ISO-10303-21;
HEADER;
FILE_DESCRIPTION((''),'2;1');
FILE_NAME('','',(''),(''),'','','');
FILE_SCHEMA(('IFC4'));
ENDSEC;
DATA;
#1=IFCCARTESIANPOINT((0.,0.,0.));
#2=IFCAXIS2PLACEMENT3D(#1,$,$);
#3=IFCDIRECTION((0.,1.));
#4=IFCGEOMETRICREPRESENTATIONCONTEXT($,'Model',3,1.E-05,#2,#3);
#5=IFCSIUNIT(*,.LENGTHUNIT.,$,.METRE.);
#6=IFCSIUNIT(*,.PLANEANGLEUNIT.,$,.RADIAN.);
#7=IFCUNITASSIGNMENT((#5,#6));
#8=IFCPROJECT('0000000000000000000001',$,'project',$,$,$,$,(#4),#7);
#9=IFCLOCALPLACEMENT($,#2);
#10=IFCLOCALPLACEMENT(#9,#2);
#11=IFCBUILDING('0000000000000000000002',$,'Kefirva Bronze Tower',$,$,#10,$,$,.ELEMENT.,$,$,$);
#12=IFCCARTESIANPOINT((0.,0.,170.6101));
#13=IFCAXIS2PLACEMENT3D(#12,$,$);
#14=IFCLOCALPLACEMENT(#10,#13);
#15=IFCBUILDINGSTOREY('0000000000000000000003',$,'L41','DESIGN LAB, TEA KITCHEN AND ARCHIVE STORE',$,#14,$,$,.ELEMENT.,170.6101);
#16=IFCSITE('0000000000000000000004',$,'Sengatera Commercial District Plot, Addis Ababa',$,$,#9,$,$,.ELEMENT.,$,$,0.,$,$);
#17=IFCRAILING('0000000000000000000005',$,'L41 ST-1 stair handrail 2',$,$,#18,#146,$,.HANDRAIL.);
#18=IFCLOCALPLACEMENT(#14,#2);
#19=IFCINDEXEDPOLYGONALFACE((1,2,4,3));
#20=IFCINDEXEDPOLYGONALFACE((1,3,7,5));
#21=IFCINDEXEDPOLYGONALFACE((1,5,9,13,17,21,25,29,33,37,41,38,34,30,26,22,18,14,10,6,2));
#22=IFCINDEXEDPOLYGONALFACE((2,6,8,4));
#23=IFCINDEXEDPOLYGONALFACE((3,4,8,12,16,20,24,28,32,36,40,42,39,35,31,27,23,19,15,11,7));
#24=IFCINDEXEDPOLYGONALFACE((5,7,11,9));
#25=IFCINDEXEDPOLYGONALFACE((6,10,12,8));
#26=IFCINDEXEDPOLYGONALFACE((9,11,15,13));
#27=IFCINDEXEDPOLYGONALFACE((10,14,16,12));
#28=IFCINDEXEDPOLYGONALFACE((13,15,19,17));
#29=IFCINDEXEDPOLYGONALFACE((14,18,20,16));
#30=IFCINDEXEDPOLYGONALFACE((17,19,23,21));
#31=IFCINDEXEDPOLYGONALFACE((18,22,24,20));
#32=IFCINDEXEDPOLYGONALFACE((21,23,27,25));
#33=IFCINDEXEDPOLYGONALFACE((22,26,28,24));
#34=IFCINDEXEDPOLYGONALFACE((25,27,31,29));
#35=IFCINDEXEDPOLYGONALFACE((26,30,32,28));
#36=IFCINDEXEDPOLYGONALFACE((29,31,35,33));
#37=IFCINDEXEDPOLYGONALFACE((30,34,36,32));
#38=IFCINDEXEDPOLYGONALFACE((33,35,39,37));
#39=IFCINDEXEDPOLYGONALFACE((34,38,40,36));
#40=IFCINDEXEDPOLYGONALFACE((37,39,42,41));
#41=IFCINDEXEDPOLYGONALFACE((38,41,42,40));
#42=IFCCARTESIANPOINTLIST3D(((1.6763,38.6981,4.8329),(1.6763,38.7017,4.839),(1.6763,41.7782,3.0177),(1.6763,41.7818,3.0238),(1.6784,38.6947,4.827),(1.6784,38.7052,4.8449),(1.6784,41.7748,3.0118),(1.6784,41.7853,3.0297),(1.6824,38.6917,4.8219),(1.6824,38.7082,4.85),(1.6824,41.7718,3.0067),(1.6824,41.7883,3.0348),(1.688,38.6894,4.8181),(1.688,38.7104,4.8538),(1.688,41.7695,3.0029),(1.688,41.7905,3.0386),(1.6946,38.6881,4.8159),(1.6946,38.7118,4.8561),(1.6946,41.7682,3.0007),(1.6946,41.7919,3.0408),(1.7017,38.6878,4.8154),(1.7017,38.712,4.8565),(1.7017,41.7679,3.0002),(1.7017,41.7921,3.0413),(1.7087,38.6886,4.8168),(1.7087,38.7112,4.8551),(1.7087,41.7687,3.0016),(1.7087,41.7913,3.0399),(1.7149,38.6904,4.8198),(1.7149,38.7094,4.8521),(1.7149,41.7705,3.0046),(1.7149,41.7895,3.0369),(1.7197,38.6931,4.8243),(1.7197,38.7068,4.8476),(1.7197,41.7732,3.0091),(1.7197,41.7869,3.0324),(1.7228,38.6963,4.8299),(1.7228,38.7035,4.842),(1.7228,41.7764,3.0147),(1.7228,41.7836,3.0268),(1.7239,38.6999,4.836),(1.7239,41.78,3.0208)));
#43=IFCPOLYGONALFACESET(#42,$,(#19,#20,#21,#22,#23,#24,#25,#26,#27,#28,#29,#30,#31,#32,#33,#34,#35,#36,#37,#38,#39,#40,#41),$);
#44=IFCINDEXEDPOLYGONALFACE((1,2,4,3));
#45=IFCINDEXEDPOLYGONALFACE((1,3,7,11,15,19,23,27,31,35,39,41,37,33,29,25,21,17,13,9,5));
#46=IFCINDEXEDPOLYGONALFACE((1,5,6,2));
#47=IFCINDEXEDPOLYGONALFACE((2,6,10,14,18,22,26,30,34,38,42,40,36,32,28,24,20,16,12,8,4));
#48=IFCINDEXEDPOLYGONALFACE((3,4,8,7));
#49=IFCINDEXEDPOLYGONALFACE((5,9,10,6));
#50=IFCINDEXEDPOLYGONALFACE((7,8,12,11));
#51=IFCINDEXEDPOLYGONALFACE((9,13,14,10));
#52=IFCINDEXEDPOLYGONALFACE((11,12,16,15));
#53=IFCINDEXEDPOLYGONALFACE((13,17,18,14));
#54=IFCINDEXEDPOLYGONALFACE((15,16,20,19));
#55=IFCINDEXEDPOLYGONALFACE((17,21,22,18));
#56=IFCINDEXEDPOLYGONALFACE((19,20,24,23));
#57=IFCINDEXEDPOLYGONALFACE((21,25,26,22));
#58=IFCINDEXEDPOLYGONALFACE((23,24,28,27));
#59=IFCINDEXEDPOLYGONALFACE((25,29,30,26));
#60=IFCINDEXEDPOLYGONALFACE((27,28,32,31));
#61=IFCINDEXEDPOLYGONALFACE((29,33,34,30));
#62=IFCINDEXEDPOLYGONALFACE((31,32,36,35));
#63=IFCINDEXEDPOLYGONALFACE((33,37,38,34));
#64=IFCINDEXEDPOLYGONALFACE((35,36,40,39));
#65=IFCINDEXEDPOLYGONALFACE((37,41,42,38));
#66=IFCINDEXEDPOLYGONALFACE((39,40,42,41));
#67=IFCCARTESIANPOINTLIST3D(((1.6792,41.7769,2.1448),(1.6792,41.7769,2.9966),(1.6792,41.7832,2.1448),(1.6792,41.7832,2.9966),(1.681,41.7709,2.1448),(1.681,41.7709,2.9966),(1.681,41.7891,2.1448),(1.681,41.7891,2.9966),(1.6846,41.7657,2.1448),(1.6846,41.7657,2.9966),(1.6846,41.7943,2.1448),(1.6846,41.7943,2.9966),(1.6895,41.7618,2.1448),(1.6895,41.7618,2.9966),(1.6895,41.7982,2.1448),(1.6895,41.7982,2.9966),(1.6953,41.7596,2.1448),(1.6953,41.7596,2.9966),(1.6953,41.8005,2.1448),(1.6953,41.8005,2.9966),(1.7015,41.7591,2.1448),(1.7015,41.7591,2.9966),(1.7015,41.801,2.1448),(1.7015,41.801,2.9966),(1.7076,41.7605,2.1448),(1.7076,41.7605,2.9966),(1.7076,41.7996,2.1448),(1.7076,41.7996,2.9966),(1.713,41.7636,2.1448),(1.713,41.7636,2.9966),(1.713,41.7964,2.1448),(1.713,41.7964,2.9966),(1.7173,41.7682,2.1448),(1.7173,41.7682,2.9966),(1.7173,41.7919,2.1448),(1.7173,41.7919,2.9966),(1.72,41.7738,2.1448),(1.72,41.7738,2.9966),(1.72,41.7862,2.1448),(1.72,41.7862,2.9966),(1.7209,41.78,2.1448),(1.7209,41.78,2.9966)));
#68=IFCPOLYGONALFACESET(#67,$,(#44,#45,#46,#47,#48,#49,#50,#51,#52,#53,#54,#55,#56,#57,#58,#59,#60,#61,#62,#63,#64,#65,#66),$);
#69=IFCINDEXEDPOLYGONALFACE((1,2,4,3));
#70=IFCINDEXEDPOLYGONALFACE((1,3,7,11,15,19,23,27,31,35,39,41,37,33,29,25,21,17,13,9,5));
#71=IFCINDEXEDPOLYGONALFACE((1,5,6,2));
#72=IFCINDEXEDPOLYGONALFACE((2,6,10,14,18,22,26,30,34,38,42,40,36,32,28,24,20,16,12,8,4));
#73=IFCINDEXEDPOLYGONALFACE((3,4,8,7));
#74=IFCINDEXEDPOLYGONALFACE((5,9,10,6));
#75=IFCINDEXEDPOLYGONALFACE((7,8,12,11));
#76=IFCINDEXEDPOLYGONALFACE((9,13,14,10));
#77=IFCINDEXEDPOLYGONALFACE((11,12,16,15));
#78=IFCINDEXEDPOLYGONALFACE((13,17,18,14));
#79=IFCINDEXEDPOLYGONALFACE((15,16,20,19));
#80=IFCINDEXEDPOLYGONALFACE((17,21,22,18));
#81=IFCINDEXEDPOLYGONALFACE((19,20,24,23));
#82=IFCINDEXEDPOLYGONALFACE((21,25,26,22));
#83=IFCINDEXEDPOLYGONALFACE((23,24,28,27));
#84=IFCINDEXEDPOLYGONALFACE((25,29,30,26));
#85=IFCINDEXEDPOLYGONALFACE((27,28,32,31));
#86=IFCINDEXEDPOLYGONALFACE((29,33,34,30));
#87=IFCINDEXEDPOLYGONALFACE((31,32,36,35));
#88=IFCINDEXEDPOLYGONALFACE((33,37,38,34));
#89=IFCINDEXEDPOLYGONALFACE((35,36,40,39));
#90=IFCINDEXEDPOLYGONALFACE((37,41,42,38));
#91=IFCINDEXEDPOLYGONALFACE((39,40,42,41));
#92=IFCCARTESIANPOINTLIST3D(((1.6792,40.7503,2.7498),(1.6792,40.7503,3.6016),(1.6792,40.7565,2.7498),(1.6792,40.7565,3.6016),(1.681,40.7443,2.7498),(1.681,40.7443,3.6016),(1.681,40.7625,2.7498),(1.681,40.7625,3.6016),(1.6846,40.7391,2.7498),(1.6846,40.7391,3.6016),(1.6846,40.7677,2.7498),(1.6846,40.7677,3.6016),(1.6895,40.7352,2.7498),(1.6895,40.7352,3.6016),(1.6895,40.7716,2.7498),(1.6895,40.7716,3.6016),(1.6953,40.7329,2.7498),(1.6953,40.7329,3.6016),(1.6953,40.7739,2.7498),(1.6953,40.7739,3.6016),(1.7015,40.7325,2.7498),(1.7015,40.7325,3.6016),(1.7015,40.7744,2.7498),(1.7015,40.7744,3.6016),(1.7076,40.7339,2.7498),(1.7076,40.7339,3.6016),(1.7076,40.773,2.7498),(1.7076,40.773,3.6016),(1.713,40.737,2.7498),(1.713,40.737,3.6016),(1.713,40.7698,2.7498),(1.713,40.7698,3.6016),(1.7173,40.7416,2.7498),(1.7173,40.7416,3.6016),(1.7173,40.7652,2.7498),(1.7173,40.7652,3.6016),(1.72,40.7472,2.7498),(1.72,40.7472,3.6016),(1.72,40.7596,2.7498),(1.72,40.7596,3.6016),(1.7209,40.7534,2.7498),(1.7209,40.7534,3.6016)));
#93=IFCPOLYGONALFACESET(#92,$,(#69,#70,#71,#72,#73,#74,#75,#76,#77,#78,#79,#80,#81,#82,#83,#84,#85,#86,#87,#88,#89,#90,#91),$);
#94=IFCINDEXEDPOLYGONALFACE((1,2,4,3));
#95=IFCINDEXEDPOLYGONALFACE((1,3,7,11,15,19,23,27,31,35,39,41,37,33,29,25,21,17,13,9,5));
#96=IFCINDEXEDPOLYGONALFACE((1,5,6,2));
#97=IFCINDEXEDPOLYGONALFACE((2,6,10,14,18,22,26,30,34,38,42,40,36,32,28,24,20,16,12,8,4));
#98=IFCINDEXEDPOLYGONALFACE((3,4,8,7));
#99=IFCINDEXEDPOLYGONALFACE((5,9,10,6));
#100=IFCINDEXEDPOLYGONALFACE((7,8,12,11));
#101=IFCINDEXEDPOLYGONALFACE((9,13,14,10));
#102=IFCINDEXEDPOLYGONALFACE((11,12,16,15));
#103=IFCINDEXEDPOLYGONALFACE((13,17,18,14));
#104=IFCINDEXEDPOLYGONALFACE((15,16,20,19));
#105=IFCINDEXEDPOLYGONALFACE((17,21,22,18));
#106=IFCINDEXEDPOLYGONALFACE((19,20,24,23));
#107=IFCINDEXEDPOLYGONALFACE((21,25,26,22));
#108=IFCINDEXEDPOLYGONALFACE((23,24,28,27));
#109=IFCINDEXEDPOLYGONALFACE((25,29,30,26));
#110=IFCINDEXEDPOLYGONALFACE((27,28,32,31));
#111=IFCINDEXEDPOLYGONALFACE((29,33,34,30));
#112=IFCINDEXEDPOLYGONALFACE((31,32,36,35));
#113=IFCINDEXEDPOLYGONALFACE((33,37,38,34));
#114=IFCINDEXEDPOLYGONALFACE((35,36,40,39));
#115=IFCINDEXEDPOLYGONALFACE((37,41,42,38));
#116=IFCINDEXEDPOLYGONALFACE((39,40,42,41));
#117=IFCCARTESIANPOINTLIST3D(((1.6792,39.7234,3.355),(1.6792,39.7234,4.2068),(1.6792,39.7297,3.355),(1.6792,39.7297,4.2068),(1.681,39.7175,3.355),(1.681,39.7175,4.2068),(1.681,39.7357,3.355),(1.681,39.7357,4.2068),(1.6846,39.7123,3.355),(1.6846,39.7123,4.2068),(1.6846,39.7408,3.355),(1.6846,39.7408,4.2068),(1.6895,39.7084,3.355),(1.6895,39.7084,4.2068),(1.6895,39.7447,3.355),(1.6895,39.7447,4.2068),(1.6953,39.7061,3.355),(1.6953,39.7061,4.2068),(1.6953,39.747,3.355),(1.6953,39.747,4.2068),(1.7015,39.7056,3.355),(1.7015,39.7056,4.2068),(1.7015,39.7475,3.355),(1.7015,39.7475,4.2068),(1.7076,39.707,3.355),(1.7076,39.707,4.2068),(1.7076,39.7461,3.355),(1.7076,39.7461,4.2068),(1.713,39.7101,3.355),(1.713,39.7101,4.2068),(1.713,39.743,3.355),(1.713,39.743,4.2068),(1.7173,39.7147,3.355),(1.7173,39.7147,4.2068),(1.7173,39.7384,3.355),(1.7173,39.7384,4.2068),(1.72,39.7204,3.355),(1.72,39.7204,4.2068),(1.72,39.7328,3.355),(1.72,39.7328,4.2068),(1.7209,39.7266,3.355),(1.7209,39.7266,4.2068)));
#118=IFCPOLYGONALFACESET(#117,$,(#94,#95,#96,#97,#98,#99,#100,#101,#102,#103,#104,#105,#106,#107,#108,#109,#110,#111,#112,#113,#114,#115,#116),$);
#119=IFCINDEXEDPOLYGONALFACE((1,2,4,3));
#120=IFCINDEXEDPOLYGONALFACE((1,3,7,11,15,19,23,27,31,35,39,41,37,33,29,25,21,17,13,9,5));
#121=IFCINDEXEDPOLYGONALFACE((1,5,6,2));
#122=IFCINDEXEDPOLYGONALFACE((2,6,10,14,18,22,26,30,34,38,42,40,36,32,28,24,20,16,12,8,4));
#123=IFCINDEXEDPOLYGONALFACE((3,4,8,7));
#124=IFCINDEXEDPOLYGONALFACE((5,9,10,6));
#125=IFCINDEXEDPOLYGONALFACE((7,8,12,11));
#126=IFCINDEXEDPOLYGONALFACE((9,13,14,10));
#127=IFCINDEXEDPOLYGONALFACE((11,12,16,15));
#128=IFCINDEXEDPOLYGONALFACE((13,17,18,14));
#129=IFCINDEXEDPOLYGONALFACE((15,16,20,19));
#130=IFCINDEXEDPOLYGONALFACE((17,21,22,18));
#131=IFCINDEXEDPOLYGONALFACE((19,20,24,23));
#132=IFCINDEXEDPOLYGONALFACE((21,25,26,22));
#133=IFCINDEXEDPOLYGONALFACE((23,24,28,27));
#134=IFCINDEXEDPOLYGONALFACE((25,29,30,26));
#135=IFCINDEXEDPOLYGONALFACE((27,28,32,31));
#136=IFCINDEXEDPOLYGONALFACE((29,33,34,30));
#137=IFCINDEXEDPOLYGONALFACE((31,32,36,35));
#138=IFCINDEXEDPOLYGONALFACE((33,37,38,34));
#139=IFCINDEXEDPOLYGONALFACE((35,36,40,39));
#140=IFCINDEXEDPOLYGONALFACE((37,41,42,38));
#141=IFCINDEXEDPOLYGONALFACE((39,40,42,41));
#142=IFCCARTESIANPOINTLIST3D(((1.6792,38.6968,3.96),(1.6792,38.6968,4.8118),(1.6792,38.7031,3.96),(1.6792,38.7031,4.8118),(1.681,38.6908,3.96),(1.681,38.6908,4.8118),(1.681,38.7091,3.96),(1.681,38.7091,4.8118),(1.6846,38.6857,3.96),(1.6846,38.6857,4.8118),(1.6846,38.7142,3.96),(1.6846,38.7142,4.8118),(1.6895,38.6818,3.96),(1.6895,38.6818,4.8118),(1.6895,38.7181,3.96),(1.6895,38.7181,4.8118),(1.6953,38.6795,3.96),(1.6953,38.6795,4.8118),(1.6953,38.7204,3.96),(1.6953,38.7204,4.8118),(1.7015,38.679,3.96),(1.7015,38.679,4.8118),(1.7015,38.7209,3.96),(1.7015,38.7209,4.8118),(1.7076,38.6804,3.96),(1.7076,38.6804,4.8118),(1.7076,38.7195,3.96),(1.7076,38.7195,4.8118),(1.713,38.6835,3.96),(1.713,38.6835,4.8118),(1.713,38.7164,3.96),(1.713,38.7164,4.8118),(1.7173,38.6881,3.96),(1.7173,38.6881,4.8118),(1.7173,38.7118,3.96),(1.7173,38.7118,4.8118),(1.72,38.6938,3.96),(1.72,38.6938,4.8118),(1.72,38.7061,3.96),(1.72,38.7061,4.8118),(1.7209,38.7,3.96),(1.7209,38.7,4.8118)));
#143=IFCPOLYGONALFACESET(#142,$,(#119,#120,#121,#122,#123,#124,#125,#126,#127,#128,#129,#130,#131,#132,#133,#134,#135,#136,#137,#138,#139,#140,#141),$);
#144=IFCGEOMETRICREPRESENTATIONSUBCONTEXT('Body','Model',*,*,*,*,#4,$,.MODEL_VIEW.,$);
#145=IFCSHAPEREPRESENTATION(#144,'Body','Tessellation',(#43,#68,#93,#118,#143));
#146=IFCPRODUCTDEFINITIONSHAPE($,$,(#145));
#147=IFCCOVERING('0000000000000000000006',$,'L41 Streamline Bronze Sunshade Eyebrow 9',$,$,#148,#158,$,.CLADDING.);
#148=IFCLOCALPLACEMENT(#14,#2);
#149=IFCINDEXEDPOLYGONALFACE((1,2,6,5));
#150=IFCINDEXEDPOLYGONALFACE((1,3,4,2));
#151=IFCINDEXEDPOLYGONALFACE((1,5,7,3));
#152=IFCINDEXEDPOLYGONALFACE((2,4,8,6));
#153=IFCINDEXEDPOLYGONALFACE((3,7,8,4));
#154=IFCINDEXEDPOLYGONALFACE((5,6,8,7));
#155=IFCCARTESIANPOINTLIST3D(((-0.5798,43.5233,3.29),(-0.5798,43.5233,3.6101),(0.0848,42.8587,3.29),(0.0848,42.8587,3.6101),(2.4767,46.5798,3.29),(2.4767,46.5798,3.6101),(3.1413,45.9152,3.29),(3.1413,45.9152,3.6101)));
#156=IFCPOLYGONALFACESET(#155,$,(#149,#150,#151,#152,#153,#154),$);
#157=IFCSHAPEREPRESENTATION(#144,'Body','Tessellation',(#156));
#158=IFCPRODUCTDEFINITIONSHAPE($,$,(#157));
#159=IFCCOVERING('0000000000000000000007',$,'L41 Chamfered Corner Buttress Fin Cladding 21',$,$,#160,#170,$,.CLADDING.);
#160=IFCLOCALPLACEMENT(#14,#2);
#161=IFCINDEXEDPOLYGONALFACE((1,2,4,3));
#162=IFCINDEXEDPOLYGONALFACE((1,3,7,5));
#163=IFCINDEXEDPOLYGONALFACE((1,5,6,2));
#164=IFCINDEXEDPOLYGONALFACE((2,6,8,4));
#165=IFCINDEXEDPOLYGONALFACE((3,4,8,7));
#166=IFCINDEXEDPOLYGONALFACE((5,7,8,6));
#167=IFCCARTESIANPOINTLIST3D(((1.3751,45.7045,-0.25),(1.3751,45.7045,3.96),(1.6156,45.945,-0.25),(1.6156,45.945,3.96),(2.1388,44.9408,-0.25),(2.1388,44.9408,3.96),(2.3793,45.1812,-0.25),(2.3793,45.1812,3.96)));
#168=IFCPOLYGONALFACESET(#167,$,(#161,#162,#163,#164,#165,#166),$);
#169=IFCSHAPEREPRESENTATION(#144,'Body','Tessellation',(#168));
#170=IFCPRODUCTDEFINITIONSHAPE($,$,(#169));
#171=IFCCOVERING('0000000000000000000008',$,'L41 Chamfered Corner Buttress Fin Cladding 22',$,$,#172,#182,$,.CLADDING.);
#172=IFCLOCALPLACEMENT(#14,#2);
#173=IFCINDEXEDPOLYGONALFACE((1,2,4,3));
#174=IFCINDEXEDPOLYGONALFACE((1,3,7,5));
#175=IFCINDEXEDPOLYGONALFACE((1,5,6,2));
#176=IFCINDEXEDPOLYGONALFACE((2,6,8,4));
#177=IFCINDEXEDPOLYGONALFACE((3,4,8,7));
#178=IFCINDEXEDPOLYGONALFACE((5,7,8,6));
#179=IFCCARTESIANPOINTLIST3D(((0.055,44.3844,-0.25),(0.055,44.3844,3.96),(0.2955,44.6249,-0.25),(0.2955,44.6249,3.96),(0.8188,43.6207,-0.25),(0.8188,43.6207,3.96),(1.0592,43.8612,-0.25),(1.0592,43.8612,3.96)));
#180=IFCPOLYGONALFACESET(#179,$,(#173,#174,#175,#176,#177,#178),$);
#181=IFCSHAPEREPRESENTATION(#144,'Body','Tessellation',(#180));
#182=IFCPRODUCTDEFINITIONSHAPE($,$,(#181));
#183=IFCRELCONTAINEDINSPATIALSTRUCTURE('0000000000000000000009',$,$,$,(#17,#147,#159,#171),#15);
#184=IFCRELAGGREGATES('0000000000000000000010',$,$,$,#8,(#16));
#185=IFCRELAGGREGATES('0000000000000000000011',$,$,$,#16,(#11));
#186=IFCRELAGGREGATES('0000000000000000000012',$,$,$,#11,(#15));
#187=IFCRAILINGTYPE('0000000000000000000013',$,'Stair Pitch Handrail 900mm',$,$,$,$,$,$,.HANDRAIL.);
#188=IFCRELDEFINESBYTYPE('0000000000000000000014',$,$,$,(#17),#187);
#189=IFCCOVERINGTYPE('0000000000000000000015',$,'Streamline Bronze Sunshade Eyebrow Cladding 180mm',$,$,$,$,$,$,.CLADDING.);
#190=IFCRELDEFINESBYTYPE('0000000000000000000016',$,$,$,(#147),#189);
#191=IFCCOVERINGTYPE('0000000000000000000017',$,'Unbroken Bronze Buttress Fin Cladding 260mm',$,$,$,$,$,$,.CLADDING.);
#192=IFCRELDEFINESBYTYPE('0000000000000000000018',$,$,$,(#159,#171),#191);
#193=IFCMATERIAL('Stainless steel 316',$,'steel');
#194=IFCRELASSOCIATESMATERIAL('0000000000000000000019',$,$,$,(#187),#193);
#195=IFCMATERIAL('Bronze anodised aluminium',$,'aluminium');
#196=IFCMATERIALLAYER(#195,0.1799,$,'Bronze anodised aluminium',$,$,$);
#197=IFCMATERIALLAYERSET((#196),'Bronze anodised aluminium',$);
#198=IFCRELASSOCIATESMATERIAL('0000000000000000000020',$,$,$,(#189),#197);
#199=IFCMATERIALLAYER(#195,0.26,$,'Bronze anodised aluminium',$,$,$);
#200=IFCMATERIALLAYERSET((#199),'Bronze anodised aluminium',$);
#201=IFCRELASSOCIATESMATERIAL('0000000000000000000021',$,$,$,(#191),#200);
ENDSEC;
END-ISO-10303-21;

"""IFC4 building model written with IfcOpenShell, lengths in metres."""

from ifc_helpers import new_model, si_unit, direction, frame, origin, origin_2d, place, context, subcontext, project, spatial, rectangle, circle, extrude, material, layer, layer_set, type_object, element, save


model = new_model("IFC4")

# Units and contexts
model_context = context("Model", 3, precision=1e-05, world=origin(), true_north=direction((0.0, 1.0)))
body_context = subcontext(model_context, "Body", "Model", "MODEL_VIEW")
ifc_project = project(units=[si_unit("LENGTHUNIT", "METRE"), si_unit("PLANEANGLEUNIT", "RADIAN")], contexts=[model_context])

# Site, building, storey
site_placement = place(None, origin())
site = spatial("IfcSite", under=ifc_project, at=site_placement, Name="Sengatera Commercial District Plot, Addis Ababa", CompositionType="ELEMENT", RefElevation=0.0)
building_placement = place(site_placement, origin())
building = spatial("IfcBuilding", under=site, at=building_placement, Name="Kefirva Bronze Tower", CompositionType="ELEMENT")
storey_placement = place(building_placement, frame((0.0, 0.0, 170.6101)))
storey = spatial("IfcBuildingStorey", under=building, at=storey_placement, Name="L41", Description="DESIGN LAB, TEA KITCHEN AND ARCHIVE STORE", CompositionType="ELEMENT", Elevation=170.6101)

# Shared definitions
ifc_material_1 = material(Name="Bronze anodised aluminium", Category="aluminium")

# Railing
ifc_material_2 = material(Name="Stainless steel 316", Category="steel")
railing_type_1 = type_object("IfcRailingType", Name="Stair Pitch Handrail 900mm", PredefinedType="HANDRAIL", material=ifc_material_2)
railing_1_placement = place(storey_placement, frame((1.7, 41.78, 2.1448)))
element("IfcRailing", 1, at=railing_1_placement, inside=storey, type_object=railing_type_1, Name="L41 ST-1 stair handrail 2", PredefinedType="HANDRAIL", context=body_context, shape_type="SweptSolid", body=[
    extrude(circle(Radius=0.0239, at=origin_2d()), frame((0.0, 0.0, 0.876), z_axis=(0.0, -0.861521, 0.507721), x_axis=(1.0, 0.0, 0.0)), (0.0, 0.0, 1.0), 3.5752),
    extrude(circle(Radius=0.021, at=origin_2d()), origin(), (0.0, 0.0, 1.0), 0.8518),
    extrude(circle(Radius=0.021, at=origin_2d()), frame((0.0, -1.0266, 0.605)), (0.0, 0.0, 1.0), 0.8518),
    extrude(circle(Radius=0.021, at=origin_2d()), frame((0.0, -2.0535, 1.2102)), (0.0, 0.0, 1.0), 0.8518),
    extrude(circle(Radius=0.021, at=origin_2d()), frame((0.0, -3.0801, 1.8152)), (0.0, 0.0, 1.0), 0.8518),
])

# Coverings
ifc_layer_1 = layer(ifc_material_1, 0.1799, Name="Bronze anodised aluminium")
ifc_layer_set_1 = layer_set([ifc_layer_1], Name="Bronze anodised aluminium")
covering_type_1 = type_object("IfcCoveringType", Name="Streamline Bronze Sunshade Eyebrow Cladding 180mm", PredefinedType="CLADDING", material=ifc_layer_set_1)
covering_1_placement = place(storey_placement, frame((1.2808, 44.7192, 3.29), z_axis=(0.0, 0.0, 1.0), x_axis=(-0.707107, -0.707107, 0.0)))
element("IfcCovering", 2, at=covering_1_placement, inside=storey, type_object=covering_type_1, Name="L41 Streamline Bronze Sunshade Eyebrow 9", PredefinedType="CLADDING", context=body_context, shape_type="SweptSolid", body=[
    extrude(rectangle(XDim=4.3225, YDim=0.9399, at=origin_2d()), origin(), (0.0, 0.0, 1.0), 0.3201),
])
ifc_layer_2 = layer(ifc_material_1, 0.26, Name="Bronze anodised aluminium")
ifc_layer_set_2 = layer_set([ifc_layer_2], Name="Bronze anodised aluminium")
covering_type_2 = type_object("IfcCoveringType", Name="Unbroken Bronze Buttress Fin Cladding 260mm", PredefinedType="CLADDING", material=ifc_layer_set_2)
for number, where, z_axis, x_axis, name in (
    (3, (1.8772, 45.4429, -0.25), (0.0, 0.0, 1.0), (-0.707107, -0.707107, 0.0), "L41 Chamfered Corner Buttress Fin Cladding 21"),
    (4, (0.5571, 44.1228, -0.25), (0.0, 0.0, 1.0), (-0.707107, -0.707107, 0.0), "L41 Chamfered Corner Buttress Fin Cladding 22"),
):
    element("IfcCovering", number, at=place(storey_placement, frame(where, z_axis=z_axis, x_axis=x_axis)), inside=storey, type_object=covering_type_2, Name=name, PredefinedType="CLADDING", context=body_context, shape_type="SweptSolid", body=[
        extrude(rectangle(XDim=0.3401, YDim=1.0801, at=origin_2d()), origin(), (0.0, 0.0, 1.0), 4.21),
    ])

save(model, "model.ifc")
